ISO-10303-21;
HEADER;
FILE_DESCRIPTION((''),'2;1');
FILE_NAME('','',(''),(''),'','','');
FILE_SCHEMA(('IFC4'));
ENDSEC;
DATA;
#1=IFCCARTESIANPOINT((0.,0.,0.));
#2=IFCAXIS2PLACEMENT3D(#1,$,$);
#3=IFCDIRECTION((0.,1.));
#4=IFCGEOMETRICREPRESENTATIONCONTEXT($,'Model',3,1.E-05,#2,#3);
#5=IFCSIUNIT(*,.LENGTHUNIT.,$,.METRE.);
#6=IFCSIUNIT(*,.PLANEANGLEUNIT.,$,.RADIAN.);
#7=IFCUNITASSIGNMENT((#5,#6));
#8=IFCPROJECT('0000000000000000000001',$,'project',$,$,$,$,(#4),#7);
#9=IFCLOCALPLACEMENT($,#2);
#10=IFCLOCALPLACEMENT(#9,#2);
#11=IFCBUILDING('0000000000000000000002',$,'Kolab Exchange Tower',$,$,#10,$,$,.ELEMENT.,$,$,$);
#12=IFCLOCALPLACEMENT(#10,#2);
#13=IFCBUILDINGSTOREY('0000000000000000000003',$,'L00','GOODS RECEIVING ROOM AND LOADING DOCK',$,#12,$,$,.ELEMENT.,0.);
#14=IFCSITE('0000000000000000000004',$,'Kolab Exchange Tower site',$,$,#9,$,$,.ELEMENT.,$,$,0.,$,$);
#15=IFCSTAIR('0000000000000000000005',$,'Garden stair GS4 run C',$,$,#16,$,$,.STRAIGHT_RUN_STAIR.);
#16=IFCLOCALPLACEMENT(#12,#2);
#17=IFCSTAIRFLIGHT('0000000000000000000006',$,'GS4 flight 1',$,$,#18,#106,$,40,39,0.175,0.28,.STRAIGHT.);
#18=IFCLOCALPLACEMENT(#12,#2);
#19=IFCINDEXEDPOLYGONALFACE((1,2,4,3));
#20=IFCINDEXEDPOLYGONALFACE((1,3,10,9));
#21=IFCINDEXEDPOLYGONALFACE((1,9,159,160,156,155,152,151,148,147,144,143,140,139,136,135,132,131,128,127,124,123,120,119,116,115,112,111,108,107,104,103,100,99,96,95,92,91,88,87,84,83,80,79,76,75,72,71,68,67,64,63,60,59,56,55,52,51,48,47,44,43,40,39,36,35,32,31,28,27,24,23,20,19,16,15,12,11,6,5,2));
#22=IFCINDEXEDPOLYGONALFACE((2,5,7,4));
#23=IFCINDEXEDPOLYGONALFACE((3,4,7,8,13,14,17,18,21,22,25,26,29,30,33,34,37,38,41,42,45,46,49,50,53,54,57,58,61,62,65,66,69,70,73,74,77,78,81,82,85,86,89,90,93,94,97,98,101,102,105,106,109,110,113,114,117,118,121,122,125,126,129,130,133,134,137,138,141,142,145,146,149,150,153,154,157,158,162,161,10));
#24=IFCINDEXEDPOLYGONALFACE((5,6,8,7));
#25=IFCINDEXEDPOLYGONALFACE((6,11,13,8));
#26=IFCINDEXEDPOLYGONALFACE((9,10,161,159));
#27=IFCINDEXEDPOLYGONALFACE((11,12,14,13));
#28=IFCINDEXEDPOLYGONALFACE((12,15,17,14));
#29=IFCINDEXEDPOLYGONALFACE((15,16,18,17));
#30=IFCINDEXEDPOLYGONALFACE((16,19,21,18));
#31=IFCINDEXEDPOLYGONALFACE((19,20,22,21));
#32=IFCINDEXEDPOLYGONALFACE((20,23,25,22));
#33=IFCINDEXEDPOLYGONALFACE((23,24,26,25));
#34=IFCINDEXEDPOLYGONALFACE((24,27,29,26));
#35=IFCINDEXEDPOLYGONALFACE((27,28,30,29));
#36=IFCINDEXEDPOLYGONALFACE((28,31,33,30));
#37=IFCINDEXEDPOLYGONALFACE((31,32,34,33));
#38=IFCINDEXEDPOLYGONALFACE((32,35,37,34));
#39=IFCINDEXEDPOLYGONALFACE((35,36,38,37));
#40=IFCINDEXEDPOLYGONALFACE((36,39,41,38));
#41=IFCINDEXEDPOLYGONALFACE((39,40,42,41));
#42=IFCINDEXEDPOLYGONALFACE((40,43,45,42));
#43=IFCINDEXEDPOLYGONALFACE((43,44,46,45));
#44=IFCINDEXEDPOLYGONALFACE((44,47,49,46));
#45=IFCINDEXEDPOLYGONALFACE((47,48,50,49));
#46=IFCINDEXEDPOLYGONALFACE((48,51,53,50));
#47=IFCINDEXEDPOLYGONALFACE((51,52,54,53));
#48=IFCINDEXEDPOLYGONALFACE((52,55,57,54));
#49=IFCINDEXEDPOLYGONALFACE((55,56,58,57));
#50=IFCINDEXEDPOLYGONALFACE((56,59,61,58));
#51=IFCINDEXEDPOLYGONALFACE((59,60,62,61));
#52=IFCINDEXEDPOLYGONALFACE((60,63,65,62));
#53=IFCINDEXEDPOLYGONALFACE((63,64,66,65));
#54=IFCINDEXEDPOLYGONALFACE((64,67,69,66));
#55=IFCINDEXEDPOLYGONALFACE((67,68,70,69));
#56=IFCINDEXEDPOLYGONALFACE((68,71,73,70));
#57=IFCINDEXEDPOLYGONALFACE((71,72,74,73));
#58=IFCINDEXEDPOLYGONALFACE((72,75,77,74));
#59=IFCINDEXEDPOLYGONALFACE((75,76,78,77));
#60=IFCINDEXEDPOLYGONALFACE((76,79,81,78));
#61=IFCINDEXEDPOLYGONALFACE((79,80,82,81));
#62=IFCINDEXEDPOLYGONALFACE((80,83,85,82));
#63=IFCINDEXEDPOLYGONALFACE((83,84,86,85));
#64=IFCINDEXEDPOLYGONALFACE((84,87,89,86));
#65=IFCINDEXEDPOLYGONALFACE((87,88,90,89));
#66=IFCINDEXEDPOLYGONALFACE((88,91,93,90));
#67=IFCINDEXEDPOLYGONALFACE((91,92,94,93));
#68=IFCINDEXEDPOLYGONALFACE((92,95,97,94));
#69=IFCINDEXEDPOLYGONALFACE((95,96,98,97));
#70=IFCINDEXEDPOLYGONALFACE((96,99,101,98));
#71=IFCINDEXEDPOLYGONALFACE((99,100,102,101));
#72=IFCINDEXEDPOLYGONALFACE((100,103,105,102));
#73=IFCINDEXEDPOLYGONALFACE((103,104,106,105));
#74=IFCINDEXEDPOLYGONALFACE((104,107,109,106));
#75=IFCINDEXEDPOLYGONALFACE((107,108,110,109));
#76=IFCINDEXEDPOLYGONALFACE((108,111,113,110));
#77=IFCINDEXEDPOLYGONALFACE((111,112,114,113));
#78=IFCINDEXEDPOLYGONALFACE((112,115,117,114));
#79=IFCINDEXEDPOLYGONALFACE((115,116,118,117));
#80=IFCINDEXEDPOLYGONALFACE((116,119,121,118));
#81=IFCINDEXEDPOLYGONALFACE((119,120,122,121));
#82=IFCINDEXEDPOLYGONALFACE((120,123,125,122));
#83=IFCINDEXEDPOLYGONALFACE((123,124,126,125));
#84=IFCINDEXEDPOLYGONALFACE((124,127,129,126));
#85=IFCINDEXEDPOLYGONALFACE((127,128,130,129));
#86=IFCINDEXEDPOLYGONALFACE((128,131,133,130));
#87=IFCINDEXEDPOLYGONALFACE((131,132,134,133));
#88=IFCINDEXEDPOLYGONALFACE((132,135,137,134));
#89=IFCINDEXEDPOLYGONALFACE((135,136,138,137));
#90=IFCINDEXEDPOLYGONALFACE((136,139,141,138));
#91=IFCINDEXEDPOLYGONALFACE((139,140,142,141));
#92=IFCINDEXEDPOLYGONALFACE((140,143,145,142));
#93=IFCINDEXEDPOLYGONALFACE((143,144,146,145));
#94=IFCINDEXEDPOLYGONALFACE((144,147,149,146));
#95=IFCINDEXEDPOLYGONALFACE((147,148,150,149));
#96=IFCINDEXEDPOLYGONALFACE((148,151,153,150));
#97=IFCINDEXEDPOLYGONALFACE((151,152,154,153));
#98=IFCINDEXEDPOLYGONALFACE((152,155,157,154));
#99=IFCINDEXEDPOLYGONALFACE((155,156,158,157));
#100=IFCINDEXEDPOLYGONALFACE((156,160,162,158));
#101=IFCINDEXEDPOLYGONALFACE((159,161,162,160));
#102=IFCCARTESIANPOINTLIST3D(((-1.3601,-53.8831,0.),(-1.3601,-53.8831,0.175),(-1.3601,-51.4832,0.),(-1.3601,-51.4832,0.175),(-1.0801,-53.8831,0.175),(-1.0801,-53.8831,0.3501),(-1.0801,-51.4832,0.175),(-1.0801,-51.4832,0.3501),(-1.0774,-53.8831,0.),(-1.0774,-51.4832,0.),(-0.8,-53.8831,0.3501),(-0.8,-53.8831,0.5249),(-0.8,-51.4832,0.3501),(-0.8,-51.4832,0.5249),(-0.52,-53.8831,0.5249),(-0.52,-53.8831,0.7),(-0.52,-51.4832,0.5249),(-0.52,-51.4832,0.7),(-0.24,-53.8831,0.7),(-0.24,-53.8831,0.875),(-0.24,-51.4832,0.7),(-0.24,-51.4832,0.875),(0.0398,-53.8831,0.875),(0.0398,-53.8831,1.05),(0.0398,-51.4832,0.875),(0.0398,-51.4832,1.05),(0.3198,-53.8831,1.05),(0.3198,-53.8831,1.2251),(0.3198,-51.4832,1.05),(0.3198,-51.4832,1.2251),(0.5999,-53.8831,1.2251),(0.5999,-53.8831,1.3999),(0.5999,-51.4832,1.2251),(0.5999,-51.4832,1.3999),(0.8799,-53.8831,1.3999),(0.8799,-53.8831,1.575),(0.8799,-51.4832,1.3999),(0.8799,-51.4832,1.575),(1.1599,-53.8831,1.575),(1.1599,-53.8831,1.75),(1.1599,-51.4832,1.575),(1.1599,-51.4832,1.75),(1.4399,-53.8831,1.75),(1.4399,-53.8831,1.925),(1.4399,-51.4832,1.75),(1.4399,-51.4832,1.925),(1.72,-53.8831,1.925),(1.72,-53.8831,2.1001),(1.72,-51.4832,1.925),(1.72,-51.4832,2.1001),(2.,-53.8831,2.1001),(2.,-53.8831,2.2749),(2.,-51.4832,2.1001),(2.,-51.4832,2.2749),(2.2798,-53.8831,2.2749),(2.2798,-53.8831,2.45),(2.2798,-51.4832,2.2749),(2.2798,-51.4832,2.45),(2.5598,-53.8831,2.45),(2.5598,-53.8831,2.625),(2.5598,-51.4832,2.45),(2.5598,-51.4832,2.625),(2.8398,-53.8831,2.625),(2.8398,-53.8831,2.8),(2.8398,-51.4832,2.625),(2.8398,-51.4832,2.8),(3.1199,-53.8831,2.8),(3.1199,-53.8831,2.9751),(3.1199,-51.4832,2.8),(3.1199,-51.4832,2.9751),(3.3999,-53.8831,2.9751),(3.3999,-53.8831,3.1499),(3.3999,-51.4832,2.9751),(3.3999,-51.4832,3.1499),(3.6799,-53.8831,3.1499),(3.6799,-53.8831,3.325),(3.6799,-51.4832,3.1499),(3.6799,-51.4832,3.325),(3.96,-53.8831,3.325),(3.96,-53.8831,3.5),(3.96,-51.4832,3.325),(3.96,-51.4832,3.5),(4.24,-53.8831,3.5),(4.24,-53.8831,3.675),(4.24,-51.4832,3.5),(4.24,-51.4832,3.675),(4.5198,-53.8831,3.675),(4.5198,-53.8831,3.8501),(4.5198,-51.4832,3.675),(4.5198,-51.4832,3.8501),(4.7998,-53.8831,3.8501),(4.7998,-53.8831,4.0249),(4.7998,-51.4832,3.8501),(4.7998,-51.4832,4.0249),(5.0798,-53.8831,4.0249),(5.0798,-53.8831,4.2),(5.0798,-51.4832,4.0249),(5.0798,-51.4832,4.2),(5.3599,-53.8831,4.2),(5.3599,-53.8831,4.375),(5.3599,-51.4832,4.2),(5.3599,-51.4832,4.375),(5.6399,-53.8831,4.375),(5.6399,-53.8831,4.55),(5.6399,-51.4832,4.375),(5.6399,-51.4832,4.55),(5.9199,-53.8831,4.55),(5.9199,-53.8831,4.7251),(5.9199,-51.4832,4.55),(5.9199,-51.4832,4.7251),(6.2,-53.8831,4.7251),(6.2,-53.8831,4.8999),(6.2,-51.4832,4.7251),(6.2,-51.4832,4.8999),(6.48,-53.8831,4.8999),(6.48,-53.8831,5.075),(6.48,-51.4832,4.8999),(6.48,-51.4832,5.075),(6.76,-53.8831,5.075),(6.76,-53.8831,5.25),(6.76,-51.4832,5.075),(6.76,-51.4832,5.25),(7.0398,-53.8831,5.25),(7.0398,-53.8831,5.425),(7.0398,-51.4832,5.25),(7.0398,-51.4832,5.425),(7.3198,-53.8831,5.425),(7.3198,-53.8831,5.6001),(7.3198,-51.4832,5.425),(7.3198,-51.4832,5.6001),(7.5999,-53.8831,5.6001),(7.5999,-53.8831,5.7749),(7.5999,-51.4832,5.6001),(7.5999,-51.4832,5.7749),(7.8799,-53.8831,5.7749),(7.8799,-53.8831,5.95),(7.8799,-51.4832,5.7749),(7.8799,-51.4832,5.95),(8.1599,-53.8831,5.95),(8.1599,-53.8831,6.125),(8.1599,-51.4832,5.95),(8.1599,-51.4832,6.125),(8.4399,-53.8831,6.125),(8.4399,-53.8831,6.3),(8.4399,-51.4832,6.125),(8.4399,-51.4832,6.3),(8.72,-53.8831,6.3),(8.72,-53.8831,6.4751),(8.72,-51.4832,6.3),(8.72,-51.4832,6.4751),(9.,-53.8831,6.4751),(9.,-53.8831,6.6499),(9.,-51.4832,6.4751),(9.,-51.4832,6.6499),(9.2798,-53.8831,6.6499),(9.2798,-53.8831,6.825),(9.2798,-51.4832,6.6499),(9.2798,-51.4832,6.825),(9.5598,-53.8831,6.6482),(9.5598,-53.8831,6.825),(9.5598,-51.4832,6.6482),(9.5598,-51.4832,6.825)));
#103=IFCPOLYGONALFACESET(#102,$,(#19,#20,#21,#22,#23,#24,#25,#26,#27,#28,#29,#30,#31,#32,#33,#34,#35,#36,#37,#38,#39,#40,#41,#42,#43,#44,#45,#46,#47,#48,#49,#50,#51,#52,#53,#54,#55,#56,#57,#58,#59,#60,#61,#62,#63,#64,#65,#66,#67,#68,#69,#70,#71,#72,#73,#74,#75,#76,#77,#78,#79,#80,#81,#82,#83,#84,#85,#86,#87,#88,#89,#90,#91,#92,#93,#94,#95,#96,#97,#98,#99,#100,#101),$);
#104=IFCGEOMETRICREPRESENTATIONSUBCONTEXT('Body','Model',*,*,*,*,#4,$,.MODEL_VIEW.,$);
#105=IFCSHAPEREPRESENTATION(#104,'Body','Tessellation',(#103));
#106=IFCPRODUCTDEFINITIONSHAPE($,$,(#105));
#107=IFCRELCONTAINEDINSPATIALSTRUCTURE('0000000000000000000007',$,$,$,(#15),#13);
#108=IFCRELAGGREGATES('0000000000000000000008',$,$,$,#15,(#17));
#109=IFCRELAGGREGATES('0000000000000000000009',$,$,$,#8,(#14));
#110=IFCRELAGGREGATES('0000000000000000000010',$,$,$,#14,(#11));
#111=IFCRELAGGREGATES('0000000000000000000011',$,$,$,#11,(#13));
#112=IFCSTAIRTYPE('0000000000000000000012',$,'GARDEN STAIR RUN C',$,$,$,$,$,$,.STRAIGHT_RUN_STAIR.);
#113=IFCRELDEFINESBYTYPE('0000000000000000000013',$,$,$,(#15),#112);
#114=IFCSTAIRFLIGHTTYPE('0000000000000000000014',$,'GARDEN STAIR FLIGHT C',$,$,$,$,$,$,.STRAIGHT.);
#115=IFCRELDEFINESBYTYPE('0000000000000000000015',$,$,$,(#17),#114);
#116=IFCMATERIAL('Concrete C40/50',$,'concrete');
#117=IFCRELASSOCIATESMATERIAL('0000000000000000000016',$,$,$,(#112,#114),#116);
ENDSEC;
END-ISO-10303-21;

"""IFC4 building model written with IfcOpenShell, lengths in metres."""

from ifc_helpers import new_model, si_unit, direction, frame, origin, place, context, subcontext, project, spatial, polyline, outline, extrude, material, type_object, element, aggregate, save


model = new_model("IFC4")

# Units and contexts
model_context = context("Model", 3, precision=1e-05, world=origin(), true_north=direction((0.0, 1.0)))
body_context = subcontext(model_context, "Body", "Model", "MODEL_VIEW")
ifc_project = project(units=[si_unit("LENGTHUNIT", "METRE"), si_unit("PLANEANGLEUNIT", "RADIAN")], contexts=[model_context])

# Site, building, storey
site_placement = place(None, origin())
site = spatial("IfcSite", under=ifc_project, at=site_placement, Name="Kolab Exchange Tower site", CompositionType="ELEMENT", RefElevation=0.0)
building_placement = place(site_placement, origin())
building = spatial("IfcBuilding", under=site, at=building_placement, Name="Kolab Exchange Tower", CompositionType="ELEMENT")
storey_placement = place(building_placement, origin())
storey = spatial("IfcBuildingStorey", under=building, at=storey_placement, Name="L00", Description="GOODS RECEIVING ROOM AND LOADING DOCK", CompositionType="ELEMENT", Elevation=0.0)

# Shared definitions
ifc_material_1 = material(Name="Concrete C40/50", Category="concrete")

# Stair, stair flight
stair_type = type_object("IfcStairType", Name="GARDEN STAIR RUN C", PredefinedType="STRAIGHT_RUN_STAIR", material=ifc_material_1)
stair_placement = place(storey_placement, origin())
stair = element("IfcStair", 1, at=stair_placement, inside=storey, type_object=stair_type, Name="Garden stair GS4 run C", PredefinedType="STRAIGHT_RUN_STAIR")
stair_flight_type = type_object("IfcStairFlightType", Name="GARDEN STAIR FLIGHT C", PredefinedType="STRAIGHT", material=ifc_material_1)
stair_flight_placement = place(storey_placement, frame((-1.3601, -52.6831, 0.0), z_axis=(0.0, 0.0, 1.0), x_axis=(1.0, 0.0, 0.0)))
stair_flight = element("IfcStairFlight", 2, at=stair_flight_placement, type_object=stair_flight_type, Name="GS4 flight 1", NumberOfRisers=40, NumberOfTreads=39, PredefinedType="STRAIGHT", RiserHeight=0.175, TreadLength=0.28, context=body_context, shape_type="SweptSolid", body=[
    extrude(outline(polyline([(0.0, 0.0), (0.0, 0.175), (0.28, 0.175), (0.28, 0.3501), (0.5601, 0.3501), (0.5601, 0.5249), (0.8401, 0.5249), (0.8401, 0.7), (1.1201, 0.7), (1.1201, 0.875), (1.3999, 0.875), (1.3999, 1.05), (1.6799, 1.05), (1.6799, 1.2251), (1.96, 1.2251), (1.96, 1.3999), (2.24, 1.3999), (2.24, 1.575), (2.52, 1.575), (2.52, 1.75), (2.8, 1.75), (2.8, 1.925), (3.0801, 1.925), (3.0801, 2.1001), (3.3601, 2.1001), (3.3601, 2.2749), (3.6399, 2.2749), (3.6399, 2.45), (3.9199, 2.45), (3.9199, 2.625), (4.2, 2.625), (4.2, 2.8), (4.48, 2.8), (4.48, 2.9751), (4.76, 2.9751), (4.76, 3.1499), (5.04, 3.1499), (5.04, 3.325), (5.3201, 3.325), (5.3201, 3.5), (5.6001, 3.5), (5.6001, 3.675), (5.8799, 3.675), (5.8799, 3.8501), (6.1599, 3.8501), (6.1599, 4.0249), (6.4399, 4.0249), (6.4399, 4.2), (6.72, 4.2), (6.72, 4.375), (7.0, 4.375), (7.0, 4.55), (7.28, 4.55), (7.28, 4.7251), (7.5601, 4.7251), (7.5601, 4.8999), (7.8401, 4.8999), (7.8401, 5.075), (8.1201, 5.075), (8.1201, 5.25), (8.3999, 5.25), (8.3999, 5.425), (8.6799, 5.425), (8.6799, 5.6001), (8.96, 5.6001), (8.96, 5.7749), (9.24, 5.7749), (9.24, 5.95), (9.52, 5.95), (9.52, 6.125), (9.8, 6.125), (9.8, 6.3), (10.0801, 6.3), (10.0801, 6.4751), (10.3601, 6.4751), (10.3601, 6.6499), (10.6399, 6.6499), (10.6399, 6.825), (10.9199, 6.825), (10.9199, 7.0), (10.9199, 6.6482), (0.2827, 0.0), (0.0, 0.0)])), frame((0.0, 1.2, 0.0), z_axis=(0.0, -1.0, 0.0), x_axis=(1.0, 0.0, 0.0)), (0.0, 0.0, 1.0), 2.3999),
])
aggregate(stair, [stair_flight])

save(model, "model.ifc")
